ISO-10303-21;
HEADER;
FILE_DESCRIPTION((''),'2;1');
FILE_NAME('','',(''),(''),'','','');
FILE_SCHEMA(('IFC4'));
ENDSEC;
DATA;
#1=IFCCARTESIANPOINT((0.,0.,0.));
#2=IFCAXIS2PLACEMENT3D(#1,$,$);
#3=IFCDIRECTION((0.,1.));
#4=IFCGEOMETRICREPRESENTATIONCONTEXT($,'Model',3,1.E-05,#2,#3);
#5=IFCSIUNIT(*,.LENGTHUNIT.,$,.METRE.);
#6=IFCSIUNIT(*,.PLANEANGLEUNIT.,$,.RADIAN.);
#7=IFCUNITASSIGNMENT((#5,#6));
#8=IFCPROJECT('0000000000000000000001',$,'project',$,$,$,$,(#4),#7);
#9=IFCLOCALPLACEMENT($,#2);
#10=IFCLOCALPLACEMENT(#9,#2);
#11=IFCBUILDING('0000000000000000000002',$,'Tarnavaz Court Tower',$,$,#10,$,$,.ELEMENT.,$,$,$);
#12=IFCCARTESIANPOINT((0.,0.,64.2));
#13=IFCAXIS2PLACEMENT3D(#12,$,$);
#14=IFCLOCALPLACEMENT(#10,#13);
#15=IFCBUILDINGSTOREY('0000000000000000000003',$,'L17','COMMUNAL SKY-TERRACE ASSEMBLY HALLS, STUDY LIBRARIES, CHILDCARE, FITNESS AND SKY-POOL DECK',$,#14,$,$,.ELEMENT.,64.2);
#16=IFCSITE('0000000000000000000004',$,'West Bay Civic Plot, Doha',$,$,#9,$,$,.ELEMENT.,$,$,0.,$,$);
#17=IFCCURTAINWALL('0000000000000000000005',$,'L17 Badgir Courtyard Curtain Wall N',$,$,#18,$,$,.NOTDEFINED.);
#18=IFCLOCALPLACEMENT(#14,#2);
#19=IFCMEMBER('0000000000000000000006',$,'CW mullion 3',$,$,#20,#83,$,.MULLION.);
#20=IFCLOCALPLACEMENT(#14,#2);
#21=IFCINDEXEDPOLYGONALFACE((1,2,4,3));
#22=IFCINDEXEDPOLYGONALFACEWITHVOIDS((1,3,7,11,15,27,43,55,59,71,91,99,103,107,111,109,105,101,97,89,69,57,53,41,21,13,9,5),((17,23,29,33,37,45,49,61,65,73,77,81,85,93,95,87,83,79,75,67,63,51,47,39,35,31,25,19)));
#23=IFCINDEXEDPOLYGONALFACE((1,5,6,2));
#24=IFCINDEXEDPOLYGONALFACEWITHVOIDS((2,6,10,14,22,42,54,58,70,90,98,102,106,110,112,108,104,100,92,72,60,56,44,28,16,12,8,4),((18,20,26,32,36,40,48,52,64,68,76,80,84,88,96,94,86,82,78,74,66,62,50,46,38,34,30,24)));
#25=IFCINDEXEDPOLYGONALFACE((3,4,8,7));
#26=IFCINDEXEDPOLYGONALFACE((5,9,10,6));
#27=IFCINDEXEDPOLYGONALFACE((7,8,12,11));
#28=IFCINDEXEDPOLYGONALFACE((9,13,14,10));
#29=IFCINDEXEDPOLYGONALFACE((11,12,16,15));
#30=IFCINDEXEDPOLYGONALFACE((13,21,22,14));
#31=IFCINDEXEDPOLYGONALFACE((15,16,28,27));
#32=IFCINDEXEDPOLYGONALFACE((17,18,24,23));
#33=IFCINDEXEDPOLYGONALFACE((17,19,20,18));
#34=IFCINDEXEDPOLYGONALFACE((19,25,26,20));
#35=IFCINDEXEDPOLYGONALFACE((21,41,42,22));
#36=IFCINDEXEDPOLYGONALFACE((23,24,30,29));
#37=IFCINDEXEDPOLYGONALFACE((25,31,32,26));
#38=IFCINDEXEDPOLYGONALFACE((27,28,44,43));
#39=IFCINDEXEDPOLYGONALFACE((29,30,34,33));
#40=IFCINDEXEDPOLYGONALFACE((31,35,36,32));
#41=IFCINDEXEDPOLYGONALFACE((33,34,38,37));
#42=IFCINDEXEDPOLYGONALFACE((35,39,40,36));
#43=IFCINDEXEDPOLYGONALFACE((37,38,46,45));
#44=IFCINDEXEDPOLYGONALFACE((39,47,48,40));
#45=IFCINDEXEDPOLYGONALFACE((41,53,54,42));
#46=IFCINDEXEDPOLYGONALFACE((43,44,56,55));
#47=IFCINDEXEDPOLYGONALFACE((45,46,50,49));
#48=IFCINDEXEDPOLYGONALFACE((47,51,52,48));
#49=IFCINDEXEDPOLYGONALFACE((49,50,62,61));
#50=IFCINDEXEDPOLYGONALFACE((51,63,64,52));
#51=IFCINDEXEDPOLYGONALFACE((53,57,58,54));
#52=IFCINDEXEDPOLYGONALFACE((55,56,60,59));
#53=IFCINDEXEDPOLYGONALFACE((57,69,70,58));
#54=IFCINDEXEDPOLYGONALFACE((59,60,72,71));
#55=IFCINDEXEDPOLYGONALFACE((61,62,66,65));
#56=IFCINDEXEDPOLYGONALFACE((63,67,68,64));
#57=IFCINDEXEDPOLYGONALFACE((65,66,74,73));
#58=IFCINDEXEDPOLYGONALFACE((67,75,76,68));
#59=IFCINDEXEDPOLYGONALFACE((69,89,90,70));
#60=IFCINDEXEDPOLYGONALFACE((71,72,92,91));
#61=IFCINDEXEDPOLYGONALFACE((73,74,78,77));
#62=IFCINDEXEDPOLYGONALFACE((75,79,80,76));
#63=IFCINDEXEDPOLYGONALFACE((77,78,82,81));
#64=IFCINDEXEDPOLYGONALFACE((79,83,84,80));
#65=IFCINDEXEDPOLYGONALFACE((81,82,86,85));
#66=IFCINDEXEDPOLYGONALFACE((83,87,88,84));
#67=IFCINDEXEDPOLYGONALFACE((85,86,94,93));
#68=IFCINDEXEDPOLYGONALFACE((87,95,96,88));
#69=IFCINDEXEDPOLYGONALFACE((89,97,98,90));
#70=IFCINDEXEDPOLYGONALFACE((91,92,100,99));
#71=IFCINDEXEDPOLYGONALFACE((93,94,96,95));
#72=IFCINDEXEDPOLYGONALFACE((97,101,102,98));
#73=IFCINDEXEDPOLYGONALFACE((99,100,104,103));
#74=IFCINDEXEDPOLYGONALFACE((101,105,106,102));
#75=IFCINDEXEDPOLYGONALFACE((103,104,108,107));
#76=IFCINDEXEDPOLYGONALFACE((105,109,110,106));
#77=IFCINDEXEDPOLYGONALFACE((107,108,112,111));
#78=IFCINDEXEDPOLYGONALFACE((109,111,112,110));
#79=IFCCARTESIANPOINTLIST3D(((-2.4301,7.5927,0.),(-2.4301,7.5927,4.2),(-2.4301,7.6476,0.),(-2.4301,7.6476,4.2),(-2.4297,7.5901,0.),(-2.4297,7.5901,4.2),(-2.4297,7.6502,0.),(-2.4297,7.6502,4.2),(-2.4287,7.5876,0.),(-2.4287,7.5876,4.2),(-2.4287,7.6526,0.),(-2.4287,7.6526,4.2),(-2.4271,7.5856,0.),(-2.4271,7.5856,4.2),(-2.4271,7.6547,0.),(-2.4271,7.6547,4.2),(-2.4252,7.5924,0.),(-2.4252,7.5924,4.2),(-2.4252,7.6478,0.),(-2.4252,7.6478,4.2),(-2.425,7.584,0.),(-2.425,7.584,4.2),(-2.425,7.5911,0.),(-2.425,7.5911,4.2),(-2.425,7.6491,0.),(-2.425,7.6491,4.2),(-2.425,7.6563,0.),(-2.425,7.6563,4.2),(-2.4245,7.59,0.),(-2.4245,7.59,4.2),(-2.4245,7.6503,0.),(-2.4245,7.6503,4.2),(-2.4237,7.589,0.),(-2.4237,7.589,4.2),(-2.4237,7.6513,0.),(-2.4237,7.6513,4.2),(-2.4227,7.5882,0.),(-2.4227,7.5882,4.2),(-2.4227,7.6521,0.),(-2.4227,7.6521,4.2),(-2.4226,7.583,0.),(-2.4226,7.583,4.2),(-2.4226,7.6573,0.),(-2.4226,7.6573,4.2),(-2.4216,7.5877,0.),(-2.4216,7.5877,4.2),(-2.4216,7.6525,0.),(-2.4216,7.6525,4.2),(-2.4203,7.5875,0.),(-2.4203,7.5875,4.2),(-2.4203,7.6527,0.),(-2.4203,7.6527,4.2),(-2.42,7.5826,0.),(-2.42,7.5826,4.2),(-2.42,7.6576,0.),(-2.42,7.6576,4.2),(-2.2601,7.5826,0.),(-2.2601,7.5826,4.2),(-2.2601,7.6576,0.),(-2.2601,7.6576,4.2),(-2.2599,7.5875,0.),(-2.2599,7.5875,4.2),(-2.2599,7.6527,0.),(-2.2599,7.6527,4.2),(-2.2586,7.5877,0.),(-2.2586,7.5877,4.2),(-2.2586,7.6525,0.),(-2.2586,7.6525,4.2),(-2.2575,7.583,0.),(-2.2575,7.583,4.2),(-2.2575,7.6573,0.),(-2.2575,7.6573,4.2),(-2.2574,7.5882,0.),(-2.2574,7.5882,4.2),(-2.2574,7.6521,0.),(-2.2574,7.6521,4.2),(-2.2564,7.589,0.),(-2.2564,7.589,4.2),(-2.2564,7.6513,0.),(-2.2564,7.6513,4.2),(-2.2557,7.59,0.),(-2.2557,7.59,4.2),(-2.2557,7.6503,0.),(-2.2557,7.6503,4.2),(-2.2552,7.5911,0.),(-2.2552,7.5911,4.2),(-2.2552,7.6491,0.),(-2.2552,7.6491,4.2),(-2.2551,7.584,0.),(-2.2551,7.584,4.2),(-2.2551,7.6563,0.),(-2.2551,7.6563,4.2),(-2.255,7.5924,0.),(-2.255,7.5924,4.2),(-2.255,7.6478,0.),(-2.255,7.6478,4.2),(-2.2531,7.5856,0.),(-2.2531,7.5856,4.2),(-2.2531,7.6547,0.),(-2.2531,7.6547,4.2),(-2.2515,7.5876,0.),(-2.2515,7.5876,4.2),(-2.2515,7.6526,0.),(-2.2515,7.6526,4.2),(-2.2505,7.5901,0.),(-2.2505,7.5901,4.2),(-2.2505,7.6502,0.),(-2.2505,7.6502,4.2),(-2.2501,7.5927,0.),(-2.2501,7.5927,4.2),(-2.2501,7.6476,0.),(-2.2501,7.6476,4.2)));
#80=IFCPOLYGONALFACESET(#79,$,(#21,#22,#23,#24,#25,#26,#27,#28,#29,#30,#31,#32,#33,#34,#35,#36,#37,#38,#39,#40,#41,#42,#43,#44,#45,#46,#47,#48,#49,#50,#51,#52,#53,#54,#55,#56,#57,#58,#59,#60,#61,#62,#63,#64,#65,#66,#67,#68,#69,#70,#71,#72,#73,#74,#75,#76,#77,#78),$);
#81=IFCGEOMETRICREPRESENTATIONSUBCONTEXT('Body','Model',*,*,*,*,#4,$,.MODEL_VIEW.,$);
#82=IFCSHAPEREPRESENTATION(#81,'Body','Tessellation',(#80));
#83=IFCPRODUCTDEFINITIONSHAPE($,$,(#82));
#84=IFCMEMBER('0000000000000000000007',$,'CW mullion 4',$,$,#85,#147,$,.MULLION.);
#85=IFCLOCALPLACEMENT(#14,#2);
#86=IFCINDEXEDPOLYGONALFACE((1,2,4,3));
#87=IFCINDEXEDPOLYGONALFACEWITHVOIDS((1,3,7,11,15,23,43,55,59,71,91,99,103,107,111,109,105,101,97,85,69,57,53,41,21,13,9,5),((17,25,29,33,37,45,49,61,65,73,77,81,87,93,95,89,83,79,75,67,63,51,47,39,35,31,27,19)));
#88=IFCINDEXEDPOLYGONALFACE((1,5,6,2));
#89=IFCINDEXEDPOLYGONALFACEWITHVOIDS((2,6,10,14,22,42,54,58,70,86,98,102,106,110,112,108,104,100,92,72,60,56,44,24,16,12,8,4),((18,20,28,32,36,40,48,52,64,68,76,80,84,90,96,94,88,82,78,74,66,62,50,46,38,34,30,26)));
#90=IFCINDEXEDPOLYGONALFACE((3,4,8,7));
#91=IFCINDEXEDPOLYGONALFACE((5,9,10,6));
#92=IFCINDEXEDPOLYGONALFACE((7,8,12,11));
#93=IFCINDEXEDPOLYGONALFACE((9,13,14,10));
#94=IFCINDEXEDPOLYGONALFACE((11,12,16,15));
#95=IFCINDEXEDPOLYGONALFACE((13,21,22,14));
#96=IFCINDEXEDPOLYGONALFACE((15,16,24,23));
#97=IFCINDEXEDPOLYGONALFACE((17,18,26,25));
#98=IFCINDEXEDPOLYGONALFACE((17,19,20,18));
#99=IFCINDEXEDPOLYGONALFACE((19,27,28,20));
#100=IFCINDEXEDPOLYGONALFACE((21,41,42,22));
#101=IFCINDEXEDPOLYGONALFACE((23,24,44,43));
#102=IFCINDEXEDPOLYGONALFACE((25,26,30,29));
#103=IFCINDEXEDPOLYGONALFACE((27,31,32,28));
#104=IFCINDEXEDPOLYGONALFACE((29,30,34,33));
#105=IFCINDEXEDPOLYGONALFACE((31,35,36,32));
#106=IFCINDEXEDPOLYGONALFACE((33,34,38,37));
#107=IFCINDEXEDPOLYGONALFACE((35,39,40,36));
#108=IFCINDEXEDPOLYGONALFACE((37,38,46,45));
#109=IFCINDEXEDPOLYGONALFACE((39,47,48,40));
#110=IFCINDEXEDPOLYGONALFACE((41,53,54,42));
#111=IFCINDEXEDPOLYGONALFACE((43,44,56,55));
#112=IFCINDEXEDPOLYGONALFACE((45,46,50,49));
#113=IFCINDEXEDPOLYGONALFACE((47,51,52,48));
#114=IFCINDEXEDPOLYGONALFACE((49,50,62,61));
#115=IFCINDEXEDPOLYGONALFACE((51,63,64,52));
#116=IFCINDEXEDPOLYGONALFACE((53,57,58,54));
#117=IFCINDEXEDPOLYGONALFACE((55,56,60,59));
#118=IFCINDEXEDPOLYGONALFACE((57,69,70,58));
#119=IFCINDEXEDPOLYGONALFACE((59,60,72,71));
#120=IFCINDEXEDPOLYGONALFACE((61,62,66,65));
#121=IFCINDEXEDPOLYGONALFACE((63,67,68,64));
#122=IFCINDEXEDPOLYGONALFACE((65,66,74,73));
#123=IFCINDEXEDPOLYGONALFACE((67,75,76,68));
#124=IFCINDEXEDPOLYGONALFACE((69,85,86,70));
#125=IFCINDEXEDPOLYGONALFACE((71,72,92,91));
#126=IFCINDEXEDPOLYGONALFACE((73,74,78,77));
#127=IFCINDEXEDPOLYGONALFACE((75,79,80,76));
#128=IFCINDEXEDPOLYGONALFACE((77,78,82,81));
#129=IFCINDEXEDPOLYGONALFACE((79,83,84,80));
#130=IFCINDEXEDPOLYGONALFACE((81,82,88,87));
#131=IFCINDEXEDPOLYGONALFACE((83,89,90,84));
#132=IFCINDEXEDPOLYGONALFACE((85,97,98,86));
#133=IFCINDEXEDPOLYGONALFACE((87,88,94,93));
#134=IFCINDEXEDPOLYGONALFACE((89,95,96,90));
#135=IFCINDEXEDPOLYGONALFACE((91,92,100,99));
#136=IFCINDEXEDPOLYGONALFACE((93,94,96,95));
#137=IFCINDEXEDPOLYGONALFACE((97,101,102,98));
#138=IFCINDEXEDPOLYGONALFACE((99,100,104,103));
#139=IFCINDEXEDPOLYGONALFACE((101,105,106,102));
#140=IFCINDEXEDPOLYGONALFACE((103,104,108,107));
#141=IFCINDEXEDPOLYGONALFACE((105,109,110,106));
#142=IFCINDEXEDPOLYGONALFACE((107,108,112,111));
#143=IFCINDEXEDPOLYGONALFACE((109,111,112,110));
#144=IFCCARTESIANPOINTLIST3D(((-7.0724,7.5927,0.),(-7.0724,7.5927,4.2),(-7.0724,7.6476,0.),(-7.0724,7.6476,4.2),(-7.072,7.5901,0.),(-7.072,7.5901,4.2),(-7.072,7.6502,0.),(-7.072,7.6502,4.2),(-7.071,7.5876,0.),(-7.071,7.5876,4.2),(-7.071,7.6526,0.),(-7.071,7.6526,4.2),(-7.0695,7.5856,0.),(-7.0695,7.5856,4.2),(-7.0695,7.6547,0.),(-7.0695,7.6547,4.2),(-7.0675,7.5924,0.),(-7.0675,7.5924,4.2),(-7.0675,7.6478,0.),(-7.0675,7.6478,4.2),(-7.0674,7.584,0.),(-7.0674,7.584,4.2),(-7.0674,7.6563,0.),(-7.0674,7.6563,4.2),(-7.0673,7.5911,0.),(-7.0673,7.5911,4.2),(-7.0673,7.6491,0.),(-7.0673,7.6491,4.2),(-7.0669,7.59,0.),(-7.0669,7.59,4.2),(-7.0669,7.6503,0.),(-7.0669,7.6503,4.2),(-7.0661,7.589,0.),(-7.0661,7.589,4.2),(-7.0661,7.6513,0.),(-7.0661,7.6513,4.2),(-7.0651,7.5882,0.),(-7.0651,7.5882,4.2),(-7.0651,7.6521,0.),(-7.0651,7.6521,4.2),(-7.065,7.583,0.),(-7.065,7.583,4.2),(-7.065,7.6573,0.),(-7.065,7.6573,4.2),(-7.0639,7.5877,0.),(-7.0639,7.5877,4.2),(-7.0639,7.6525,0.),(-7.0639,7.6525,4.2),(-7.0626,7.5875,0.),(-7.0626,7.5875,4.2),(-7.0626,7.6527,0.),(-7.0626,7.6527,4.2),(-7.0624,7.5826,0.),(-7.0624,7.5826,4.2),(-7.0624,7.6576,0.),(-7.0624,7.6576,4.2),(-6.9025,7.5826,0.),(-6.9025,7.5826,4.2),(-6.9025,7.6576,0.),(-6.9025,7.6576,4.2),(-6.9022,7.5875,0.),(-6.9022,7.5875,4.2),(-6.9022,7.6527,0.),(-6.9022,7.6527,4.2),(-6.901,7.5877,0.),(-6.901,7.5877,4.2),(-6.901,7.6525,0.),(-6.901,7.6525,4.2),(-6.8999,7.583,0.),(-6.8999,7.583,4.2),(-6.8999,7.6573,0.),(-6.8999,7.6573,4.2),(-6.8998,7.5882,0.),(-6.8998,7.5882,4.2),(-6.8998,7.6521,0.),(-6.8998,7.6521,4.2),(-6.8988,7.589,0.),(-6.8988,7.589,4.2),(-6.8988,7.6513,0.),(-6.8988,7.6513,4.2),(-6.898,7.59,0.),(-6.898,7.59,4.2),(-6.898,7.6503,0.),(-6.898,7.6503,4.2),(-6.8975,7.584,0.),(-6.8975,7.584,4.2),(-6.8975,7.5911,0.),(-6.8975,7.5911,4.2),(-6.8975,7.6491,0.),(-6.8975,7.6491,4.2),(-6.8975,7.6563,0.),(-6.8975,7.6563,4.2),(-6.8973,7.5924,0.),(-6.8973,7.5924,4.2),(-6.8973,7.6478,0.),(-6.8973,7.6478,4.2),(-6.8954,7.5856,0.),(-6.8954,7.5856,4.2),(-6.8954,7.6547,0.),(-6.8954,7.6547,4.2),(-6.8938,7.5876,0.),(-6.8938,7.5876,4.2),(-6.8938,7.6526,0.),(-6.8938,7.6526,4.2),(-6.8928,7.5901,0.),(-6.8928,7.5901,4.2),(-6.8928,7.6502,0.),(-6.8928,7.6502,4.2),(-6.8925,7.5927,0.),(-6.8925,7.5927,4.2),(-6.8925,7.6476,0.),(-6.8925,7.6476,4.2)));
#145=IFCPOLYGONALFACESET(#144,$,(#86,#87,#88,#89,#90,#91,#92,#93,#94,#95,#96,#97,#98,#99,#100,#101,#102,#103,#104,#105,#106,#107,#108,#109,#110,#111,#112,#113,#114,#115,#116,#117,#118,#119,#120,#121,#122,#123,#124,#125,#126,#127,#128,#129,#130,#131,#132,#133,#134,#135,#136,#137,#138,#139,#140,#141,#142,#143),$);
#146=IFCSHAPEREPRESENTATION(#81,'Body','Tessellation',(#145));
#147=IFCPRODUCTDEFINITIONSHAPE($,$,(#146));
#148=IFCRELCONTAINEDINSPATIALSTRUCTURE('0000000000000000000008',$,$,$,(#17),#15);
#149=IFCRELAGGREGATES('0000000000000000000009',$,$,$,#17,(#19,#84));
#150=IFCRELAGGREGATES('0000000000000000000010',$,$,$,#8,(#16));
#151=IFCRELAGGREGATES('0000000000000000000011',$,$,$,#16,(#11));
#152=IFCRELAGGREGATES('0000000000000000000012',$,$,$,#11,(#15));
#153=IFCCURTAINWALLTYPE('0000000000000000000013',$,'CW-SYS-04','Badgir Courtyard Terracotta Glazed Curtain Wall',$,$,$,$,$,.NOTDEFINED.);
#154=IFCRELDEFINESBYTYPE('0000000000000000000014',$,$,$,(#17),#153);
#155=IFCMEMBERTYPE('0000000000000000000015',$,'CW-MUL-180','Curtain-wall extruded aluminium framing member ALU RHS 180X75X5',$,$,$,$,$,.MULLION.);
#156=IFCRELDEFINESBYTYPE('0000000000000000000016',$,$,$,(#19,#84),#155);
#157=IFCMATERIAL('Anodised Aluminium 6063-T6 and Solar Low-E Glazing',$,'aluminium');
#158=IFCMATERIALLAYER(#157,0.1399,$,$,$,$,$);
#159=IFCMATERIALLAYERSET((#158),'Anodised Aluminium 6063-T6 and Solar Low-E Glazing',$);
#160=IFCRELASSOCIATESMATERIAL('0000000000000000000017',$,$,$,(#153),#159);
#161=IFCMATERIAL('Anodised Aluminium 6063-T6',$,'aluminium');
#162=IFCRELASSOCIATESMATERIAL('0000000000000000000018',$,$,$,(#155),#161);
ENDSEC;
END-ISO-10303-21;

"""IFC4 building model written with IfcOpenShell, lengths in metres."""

from ifc_helpers import new_model, si_unit, direction, frame, origin, origin_2d, place, context, subcontext, project, spatial, hollow_rectangle, extrude, material, layer, layer_set, material_profile, profile_set, type_object, element, aggregate, save


model = new_model("IFC4")

# Units and contexts
model_context = context("Model", 3, precision=1e-05, world=origin(), true_north=direction((0.0, 1.0)))
body_context = subcontext(model_context, "Body", "Model", "MODEL_VIEW")
ifc_project = project(units=[si_unit("LENGTHUNIT", "METRE"), si_unit("PLANEANGLEUNIT", "RADIAN")], contexts=[model_context])

# Site, building, storey
site_placement = place(None, origin())
site = spatial("IfcSite", under=ifc_project, at=site_placement, Name="West Bay Civic Plot, Doha", CompositionType="ELEMENT", RefElevation=0.0)
building_placement = place(site_placement, origin())
building = spatial("IfcBuilding", under=site, at=building_placement, Name="Tarnavaz Court Tower", CompositionType="ELEMENT")
storey_placement = place(building_placement, frame((0.0, 0.0, 64.2)))
storey = spatial("IfcBuildingStorey", under=building, at=storey_placement, Name="L17", Description="COMMUNAL SKY-TERRACE ASSEMBLY HALLS, STUDY LIBRARIES, CHILDCARE, FITNESS AND SKY-POOL DECK", CompositionType="ELEMENT", Elevation=64.2)

# Curtain wall, members
ifc_material_1 = material(Name="Anodised Aluminium 6063-T6 and Solar Low-E Glazing", Category="aluminium")
ifc_layer_1 = layer(ifc_material_1, 0.1399)
ifc_layer_set_1 = layer_set([ifc_layer_1], Name="Anodised Aluminium 6063-T6 and Solar Low-E Glazing")
curtain_wall_type = type_object("IfcCurtainWallType", Name="CW-SYS-04", Description="Badgir Courtyard Terracotta Glazed Curtain Wall", PredefinedType="NOTDEFINED", material=ifc_layer_set_1)
curtain_wall_placement = place(storey_placement, origin())
curtain_wall = element("IfcCurtainWall", 1, at=curtain_wall_placement, inside=storey, type_object=curtain_wall_type, Name="L17 Badgir Courtyard Curtain Wall N", PredefinedType="NOTDEFINED")
ifc_material_2 = material(Name="Anodised Aluminium 6063-T6", Category="aluminium")
ifc_material_profile_1 = material_profile(ifc_material_2, hollow_rectangle(XDim=0.075, YDim=0.1799, WallThickness=0.0049, InnerFilletRadius=0.0049, OuterFilletRadius=0.01, at=origin_2d()), Name="ALU RHS 180X75X5")
ifc_profile_set_1 = profile_set([ifc_material_profile_1], Name="Anodised Aluminium 6063-T6")
member_type_1 = type_object("IfcMemberType", Name="CW-MUL-180", Description="Curtain-wall extruded aluminium framing member ALU RHS 180X75X5", PredefinedType="MULLION", material=ifc_profile_set_1)
member_1_placement = place(storey_placement, frame((-2.3401, 7.6201, 0.0), z_axis=(0.0, 0.0, 1.0), x_axis=(0.0, -1.0, 0.0)))
member_1 = element("IfcMember", 2, at=member_1_placement, type_object=member_type_1, Name="CW mullion 3", PredefinedType="MULLION", context=body_context, shape_type="SweptSolid", body=[
    extrude(hollow_rectangle(XDim=0.075, YDim=0.1799, WallThickness=0.0049, InnerFilletRadius=0.0049, OuterFilletRadius=0.01, at=origin_2d()), origin(), (0.0, 0.0, 1.0), 4.2),
])
member_2_placement = place(storey_placement, frame((-6.9824, 7.6201, 0.0), z_axis=(0.0, 0.0, 1.0), x_axis=(0.0, -1.0, 0.0)))
member_2 = element("IfcMember", 3, at=member_2_placement, type_object=member_type_1, Name="CW mullion 4", PredefinedType="MULLION", context=body_context, shape_type="SweptSolid", body=[
    extrude(hollow_rectangle(XDim=0.075, YDim=0.1799, WallThickness=0.0049, InnerFilletRadius=0.0049, OuterFilletRadius=0.01, at=origin_2d()), origin(), (0.0, 0.0, 1.0), 4.2),
])
aggregate(curtain_wall, [member_1, member_2])

save(model, "model.ifc")
